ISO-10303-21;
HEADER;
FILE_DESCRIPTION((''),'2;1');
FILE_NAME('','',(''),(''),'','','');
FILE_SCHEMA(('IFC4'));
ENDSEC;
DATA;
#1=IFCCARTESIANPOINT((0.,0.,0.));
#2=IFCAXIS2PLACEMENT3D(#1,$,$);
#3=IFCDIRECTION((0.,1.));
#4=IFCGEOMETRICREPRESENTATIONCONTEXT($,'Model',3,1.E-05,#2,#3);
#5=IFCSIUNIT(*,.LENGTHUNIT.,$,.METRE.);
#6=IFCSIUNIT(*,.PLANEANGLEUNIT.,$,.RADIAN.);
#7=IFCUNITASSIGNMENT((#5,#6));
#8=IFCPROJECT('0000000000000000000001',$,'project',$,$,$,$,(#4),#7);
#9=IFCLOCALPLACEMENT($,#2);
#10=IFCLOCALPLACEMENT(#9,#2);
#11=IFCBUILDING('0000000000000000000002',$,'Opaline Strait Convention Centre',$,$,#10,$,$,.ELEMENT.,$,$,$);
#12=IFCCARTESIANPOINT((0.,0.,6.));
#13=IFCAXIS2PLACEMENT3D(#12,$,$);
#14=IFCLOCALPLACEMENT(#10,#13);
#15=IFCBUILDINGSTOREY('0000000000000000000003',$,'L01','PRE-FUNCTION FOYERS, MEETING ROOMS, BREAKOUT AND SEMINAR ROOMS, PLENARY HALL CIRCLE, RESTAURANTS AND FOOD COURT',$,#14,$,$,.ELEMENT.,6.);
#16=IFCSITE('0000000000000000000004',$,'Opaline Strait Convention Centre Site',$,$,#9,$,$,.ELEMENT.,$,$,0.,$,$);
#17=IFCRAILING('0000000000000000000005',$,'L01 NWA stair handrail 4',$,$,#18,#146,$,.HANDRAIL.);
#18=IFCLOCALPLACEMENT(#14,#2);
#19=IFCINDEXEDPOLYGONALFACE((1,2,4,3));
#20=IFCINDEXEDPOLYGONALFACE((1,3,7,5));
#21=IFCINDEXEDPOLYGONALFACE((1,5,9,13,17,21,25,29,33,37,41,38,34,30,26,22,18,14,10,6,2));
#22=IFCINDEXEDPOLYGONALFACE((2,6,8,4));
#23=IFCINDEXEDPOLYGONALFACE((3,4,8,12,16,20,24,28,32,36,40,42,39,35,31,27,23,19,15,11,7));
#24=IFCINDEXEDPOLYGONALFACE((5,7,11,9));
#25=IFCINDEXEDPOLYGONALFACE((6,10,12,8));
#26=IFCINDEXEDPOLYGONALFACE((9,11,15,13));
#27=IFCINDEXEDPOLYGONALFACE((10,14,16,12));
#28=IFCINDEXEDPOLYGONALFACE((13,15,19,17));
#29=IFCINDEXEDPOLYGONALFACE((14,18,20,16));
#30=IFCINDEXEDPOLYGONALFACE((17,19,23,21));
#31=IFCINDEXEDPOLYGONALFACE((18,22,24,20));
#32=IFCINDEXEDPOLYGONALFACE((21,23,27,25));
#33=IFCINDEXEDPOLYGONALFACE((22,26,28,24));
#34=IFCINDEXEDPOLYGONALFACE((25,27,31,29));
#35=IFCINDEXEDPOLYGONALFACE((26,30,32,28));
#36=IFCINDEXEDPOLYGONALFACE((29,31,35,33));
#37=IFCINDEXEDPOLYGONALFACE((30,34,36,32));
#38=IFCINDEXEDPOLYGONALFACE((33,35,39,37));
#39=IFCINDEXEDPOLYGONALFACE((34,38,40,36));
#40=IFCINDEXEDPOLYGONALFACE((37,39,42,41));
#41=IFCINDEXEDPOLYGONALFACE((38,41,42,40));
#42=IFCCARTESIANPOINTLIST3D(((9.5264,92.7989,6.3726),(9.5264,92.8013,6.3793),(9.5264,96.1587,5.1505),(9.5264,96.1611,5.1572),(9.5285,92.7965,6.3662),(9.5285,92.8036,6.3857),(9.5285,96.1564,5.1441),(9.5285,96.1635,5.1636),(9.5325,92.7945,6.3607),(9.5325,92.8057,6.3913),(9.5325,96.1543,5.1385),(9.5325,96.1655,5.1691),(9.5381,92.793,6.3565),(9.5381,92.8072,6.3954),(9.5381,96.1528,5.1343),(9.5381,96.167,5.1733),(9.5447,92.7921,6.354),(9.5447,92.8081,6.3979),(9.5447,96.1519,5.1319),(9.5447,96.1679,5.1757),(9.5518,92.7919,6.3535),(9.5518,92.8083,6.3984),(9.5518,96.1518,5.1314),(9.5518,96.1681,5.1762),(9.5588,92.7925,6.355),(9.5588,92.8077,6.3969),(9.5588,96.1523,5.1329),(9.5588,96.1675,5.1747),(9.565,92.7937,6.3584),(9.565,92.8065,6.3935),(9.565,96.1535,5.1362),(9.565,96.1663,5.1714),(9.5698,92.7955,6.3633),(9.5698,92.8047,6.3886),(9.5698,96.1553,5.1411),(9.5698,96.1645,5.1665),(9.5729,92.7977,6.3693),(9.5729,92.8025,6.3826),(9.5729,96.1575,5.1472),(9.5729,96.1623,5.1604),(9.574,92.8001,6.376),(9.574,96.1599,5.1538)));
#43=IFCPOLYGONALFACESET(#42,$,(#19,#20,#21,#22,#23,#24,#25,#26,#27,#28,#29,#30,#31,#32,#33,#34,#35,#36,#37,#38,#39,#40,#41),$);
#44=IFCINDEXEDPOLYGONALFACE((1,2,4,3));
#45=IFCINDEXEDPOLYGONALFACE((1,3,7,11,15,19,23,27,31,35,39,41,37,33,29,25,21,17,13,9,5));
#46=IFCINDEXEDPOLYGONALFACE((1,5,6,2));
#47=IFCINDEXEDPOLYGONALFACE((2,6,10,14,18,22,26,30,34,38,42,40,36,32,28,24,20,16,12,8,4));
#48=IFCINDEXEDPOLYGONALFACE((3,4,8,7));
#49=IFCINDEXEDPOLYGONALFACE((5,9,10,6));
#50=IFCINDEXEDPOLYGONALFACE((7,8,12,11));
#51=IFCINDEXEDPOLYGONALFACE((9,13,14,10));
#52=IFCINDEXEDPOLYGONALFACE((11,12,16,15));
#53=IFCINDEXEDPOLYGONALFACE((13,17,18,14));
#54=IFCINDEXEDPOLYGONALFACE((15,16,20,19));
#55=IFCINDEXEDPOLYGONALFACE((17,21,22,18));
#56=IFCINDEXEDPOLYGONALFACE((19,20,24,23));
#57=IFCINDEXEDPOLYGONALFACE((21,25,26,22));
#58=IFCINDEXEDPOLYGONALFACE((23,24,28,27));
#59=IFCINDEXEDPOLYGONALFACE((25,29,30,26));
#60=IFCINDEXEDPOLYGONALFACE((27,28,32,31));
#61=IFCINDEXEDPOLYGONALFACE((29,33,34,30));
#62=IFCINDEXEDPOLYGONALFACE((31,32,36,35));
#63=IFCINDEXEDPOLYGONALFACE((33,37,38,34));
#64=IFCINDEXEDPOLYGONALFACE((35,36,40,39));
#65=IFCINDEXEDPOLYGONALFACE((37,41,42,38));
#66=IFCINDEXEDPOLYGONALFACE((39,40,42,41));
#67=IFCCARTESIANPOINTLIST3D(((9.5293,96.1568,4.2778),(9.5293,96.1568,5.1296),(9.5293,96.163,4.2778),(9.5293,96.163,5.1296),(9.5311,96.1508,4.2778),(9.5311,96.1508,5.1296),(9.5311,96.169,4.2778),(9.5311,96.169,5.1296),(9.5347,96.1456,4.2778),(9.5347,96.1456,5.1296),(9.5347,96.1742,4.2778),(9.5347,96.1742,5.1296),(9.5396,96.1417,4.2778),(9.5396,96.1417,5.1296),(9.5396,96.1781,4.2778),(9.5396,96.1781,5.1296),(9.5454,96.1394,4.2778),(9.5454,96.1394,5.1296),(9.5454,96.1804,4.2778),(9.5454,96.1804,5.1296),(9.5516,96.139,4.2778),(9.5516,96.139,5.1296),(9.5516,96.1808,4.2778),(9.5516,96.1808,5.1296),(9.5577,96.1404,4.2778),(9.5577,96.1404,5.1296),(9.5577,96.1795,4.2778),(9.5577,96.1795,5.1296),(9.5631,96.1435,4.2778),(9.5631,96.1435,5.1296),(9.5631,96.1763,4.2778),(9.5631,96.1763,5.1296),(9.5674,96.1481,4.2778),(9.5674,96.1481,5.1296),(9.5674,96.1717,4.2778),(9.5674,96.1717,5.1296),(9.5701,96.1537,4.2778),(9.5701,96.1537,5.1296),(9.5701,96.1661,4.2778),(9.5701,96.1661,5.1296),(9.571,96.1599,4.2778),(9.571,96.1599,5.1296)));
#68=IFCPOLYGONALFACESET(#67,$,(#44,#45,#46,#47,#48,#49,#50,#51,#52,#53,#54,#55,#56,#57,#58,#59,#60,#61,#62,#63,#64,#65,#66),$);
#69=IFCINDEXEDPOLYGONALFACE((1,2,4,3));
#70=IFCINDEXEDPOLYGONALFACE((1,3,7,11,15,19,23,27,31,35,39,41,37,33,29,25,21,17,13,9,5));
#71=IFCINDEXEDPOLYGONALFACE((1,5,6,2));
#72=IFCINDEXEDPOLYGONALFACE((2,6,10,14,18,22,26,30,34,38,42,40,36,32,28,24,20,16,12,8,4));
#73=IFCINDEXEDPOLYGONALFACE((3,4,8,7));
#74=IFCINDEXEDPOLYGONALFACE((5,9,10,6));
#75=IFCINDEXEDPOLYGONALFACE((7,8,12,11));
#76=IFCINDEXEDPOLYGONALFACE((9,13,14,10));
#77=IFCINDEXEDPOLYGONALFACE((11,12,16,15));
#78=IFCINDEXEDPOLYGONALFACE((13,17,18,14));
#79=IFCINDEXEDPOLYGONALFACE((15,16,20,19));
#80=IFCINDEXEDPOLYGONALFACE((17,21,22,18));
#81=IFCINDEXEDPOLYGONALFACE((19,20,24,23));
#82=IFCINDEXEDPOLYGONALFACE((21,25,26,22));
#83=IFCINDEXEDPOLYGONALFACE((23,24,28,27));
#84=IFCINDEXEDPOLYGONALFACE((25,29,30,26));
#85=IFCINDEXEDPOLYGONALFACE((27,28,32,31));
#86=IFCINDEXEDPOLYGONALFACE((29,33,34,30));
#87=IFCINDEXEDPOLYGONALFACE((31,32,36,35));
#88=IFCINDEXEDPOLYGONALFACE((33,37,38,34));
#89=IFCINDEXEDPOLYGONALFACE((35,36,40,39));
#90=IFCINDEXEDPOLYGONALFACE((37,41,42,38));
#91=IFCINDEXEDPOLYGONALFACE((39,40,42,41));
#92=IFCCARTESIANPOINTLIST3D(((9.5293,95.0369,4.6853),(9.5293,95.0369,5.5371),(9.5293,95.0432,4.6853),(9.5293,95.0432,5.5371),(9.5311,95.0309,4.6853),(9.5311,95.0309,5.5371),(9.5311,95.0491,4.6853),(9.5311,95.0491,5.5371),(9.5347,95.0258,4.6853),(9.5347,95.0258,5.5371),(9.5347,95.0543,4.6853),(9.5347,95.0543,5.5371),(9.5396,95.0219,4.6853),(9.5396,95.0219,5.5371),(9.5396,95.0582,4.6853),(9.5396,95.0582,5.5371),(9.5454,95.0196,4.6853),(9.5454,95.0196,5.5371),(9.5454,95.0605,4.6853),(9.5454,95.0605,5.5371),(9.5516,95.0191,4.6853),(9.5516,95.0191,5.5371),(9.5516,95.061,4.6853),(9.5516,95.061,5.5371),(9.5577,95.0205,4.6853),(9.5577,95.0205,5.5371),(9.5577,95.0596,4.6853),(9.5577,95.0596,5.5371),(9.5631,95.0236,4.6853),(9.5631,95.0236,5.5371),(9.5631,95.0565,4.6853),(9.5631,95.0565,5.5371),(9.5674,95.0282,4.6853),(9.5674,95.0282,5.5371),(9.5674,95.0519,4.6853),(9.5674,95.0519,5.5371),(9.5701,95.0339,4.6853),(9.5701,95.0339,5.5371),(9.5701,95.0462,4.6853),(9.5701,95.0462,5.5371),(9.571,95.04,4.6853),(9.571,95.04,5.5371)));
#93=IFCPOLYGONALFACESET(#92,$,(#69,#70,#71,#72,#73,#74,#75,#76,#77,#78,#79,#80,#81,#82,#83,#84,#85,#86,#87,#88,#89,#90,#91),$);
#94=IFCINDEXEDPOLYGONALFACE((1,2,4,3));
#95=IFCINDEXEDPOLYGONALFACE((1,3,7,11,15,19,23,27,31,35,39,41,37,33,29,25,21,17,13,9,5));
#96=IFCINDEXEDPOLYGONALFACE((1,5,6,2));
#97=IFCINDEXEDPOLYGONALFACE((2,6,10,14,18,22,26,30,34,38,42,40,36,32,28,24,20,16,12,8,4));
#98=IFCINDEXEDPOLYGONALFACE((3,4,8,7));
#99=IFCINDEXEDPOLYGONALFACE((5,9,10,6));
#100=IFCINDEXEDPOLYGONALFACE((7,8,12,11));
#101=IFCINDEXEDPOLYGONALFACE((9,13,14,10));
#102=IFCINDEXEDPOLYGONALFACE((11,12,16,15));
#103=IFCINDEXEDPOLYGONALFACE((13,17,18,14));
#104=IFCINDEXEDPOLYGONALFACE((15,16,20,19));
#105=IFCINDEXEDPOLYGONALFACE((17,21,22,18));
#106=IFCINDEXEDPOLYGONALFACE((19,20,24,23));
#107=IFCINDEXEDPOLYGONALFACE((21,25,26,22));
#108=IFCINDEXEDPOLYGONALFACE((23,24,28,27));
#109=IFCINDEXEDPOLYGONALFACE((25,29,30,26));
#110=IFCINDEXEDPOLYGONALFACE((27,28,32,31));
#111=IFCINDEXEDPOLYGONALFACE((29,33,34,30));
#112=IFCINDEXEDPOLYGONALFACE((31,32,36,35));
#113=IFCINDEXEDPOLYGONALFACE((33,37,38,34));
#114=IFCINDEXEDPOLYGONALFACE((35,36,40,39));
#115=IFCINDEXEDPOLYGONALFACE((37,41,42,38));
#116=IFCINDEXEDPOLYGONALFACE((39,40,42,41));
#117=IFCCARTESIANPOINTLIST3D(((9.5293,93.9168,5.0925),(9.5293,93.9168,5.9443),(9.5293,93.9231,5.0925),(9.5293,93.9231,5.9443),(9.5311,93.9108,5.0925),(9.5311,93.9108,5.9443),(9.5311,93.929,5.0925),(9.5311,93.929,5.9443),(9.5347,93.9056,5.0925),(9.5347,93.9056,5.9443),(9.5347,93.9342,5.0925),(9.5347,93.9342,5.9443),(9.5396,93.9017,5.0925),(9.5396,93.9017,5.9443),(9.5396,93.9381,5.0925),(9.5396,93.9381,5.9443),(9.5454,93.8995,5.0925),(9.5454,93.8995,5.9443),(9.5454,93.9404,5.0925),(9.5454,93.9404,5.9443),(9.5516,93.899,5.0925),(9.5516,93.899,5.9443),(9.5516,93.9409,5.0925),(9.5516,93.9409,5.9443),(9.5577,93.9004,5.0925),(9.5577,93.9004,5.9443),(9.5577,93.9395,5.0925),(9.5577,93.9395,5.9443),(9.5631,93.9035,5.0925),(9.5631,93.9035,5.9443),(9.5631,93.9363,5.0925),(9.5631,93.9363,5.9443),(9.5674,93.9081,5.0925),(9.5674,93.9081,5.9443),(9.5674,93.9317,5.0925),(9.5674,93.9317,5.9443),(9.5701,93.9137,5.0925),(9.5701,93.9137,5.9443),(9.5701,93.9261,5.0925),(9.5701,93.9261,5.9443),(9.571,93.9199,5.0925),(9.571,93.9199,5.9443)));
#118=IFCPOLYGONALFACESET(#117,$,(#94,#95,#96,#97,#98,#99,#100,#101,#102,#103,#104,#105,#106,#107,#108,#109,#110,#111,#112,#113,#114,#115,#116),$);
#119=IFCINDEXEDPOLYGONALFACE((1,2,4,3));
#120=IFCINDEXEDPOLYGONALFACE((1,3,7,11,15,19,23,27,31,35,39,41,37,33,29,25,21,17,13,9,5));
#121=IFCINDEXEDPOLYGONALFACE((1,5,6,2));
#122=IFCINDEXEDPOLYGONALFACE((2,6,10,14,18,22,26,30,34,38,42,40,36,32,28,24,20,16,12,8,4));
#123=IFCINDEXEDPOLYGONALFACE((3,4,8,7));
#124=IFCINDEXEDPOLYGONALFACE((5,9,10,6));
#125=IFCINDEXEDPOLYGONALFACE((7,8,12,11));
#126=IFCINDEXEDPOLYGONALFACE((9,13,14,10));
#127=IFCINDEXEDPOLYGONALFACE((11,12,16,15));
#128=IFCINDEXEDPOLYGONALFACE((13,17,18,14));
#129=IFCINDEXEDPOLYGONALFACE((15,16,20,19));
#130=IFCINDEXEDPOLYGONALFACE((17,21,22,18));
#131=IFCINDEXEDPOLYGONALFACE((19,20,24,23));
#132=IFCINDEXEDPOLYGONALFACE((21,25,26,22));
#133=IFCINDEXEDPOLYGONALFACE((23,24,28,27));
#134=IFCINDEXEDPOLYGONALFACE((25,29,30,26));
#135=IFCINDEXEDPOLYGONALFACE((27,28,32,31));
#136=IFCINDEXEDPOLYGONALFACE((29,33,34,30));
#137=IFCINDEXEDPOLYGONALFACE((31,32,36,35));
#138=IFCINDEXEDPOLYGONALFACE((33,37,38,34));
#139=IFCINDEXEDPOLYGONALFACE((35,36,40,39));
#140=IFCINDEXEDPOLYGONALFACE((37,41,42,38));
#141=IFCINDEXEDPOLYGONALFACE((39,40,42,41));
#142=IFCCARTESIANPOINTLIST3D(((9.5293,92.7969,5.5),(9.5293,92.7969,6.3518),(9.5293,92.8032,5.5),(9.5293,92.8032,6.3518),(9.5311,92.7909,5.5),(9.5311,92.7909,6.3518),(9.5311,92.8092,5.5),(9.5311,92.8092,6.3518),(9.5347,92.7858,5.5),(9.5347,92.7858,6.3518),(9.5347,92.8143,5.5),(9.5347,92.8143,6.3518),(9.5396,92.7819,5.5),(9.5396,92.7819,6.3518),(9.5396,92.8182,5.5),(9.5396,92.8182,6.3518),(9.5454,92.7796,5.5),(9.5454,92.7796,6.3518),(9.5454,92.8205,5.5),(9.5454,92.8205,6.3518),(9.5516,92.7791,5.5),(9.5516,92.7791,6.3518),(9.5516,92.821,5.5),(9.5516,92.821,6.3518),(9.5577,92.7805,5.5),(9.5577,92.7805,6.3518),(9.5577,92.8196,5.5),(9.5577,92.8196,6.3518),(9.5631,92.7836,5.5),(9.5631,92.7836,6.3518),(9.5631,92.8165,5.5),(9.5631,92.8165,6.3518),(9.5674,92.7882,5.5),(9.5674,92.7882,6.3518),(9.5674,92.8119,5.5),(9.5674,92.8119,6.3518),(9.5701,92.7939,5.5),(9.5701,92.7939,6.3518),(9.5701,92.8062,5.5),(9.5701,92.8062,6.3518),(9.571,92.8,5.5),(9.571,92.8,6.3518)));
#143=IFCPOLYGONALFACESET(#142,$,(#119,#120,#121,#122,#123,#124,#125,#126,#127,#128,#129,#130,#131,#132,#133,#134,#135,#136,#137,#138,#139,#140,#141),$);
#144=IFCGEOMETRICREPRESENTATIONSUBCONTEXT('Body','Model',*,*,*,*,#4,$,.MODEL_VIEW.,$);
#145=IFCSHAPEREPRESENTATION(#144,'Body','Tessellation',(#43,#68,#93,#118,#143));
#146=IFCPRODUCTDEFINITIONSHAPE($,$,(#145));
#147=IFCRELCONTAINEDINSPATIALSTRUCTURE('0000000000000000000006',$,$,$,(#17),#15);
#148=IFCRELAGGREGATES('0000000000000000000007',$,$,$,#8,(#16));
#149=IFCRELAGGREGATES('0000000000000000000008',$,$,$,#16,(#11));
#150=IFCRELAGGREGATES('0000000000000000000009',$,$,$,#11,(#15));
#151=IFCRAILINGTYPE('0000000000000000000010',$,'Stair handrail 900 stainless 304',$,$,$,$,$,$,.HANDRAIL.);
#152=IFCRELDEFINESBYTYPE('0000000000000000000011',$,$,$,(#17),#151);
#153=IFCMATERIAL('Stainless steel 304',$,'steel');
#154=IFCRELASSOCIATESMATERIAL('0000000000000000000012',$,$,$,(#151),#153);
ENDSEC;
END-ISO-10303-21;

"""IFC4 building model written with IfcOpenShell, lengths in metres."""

from ifc_helpers import new_model, si_unit, direction, frame, origin, origin_2d, place, context, subcontext, project, spatial, circle, extrude, material, type_object, element, save


model = new_model("IFC4")

# Units and contexts
model_context = context("Model", 3, precision=1e-05, world=origin(), true_north=direction((0.0, 1.0)))
body_context = subcontext(model_context, "Body", "Model", "MODEL_VIEW")
ifc_project = project(units=[si_unit("LENGTHUNIT", "METRE"), si_unit("PLANEANGLEUNIT", "RADIAN")], contexts=[model_context])

# Site, building, storey
site_placement = place(None, origin())
site = spatial("IfcSite", under=ifc_project, at=site_placement, Name="Opaline Strait Convention Centre Site", CompositionType="ELEMENT", RefElevation=0.0)
building_placement = place(site_placement, origin())
building = spatial("IfcBuilding", under=site, at=building_placement, Name="Opaline Strait Convention Centre", CompositionType="ELEMENT")
storey_placement = place(building_placement, frame((0.0, 0.0, 6.0)))
storey = spatial("IfcBuildingStorey", under=building, at=storey_placement, Name="L01", Description="PRE-FUNCTION FOYERS, MEETING ROOMS, BREAKOUT AND SEMINAR ROOMS, PLENARY HALL CIRCLE, RESTAURANTS AND FOOD COURT", CompositionType="ELEMENT", Elevation=6.0)

# Railing
ifc_material_1 = material(Name="Stainless steel 304", Category="steel")
railing_type_1 = type_object("IfcRailingType", Name="Stair handrail 900 stainless 304", PredefinedType="HANDRAIL", material=ifc_material_1)
for number, where, name in (
    (1, (9.55, 96.1599, 4.2778), "L01 NWA stair handrail 4"),
):
    element("IfcRailing", number, at=place(storey_placement, frame(where)), inside=storey, type_object=railing_type_1, Name=name, PredefinedType="HANDRAIL", context=body_context, shape_type="SweptSolid", body=[
        extrude(circle(Radius=0.0239, at=origin_2d()), frame((0.0, 0.0, 0.876), z_axis=(0.0, -0.939758, 0.341842), x_axis=(1.0, 0.0, 0.0)), (0.0, 0.0, 1.0), 3.5752),
        extrude(circle(Radius=0.021, at=origin_2d()), origin(), (0.0, 0.0, 1.0), 0.8518),
        extrude(circle(Radius=0.021, at=origin_2d()), frame((0.0, -1.1199, 0.4075)), (0.0, 0.0, 1.0), 0.8518),
        extrude(circle(Radius=0.021, at=origin_2d()), frame((0.0, -2.24, 0.8147)), (0.0, 0.0, 1.0), 0.8518),
        extrude(circle(Radius=0.021, at=origin_2d()), frame((0.0, -3.3599, 1.2222)), (0.0, 0.0, 1.0), 0.8518),
    ])

save(model, "model.ifc")
